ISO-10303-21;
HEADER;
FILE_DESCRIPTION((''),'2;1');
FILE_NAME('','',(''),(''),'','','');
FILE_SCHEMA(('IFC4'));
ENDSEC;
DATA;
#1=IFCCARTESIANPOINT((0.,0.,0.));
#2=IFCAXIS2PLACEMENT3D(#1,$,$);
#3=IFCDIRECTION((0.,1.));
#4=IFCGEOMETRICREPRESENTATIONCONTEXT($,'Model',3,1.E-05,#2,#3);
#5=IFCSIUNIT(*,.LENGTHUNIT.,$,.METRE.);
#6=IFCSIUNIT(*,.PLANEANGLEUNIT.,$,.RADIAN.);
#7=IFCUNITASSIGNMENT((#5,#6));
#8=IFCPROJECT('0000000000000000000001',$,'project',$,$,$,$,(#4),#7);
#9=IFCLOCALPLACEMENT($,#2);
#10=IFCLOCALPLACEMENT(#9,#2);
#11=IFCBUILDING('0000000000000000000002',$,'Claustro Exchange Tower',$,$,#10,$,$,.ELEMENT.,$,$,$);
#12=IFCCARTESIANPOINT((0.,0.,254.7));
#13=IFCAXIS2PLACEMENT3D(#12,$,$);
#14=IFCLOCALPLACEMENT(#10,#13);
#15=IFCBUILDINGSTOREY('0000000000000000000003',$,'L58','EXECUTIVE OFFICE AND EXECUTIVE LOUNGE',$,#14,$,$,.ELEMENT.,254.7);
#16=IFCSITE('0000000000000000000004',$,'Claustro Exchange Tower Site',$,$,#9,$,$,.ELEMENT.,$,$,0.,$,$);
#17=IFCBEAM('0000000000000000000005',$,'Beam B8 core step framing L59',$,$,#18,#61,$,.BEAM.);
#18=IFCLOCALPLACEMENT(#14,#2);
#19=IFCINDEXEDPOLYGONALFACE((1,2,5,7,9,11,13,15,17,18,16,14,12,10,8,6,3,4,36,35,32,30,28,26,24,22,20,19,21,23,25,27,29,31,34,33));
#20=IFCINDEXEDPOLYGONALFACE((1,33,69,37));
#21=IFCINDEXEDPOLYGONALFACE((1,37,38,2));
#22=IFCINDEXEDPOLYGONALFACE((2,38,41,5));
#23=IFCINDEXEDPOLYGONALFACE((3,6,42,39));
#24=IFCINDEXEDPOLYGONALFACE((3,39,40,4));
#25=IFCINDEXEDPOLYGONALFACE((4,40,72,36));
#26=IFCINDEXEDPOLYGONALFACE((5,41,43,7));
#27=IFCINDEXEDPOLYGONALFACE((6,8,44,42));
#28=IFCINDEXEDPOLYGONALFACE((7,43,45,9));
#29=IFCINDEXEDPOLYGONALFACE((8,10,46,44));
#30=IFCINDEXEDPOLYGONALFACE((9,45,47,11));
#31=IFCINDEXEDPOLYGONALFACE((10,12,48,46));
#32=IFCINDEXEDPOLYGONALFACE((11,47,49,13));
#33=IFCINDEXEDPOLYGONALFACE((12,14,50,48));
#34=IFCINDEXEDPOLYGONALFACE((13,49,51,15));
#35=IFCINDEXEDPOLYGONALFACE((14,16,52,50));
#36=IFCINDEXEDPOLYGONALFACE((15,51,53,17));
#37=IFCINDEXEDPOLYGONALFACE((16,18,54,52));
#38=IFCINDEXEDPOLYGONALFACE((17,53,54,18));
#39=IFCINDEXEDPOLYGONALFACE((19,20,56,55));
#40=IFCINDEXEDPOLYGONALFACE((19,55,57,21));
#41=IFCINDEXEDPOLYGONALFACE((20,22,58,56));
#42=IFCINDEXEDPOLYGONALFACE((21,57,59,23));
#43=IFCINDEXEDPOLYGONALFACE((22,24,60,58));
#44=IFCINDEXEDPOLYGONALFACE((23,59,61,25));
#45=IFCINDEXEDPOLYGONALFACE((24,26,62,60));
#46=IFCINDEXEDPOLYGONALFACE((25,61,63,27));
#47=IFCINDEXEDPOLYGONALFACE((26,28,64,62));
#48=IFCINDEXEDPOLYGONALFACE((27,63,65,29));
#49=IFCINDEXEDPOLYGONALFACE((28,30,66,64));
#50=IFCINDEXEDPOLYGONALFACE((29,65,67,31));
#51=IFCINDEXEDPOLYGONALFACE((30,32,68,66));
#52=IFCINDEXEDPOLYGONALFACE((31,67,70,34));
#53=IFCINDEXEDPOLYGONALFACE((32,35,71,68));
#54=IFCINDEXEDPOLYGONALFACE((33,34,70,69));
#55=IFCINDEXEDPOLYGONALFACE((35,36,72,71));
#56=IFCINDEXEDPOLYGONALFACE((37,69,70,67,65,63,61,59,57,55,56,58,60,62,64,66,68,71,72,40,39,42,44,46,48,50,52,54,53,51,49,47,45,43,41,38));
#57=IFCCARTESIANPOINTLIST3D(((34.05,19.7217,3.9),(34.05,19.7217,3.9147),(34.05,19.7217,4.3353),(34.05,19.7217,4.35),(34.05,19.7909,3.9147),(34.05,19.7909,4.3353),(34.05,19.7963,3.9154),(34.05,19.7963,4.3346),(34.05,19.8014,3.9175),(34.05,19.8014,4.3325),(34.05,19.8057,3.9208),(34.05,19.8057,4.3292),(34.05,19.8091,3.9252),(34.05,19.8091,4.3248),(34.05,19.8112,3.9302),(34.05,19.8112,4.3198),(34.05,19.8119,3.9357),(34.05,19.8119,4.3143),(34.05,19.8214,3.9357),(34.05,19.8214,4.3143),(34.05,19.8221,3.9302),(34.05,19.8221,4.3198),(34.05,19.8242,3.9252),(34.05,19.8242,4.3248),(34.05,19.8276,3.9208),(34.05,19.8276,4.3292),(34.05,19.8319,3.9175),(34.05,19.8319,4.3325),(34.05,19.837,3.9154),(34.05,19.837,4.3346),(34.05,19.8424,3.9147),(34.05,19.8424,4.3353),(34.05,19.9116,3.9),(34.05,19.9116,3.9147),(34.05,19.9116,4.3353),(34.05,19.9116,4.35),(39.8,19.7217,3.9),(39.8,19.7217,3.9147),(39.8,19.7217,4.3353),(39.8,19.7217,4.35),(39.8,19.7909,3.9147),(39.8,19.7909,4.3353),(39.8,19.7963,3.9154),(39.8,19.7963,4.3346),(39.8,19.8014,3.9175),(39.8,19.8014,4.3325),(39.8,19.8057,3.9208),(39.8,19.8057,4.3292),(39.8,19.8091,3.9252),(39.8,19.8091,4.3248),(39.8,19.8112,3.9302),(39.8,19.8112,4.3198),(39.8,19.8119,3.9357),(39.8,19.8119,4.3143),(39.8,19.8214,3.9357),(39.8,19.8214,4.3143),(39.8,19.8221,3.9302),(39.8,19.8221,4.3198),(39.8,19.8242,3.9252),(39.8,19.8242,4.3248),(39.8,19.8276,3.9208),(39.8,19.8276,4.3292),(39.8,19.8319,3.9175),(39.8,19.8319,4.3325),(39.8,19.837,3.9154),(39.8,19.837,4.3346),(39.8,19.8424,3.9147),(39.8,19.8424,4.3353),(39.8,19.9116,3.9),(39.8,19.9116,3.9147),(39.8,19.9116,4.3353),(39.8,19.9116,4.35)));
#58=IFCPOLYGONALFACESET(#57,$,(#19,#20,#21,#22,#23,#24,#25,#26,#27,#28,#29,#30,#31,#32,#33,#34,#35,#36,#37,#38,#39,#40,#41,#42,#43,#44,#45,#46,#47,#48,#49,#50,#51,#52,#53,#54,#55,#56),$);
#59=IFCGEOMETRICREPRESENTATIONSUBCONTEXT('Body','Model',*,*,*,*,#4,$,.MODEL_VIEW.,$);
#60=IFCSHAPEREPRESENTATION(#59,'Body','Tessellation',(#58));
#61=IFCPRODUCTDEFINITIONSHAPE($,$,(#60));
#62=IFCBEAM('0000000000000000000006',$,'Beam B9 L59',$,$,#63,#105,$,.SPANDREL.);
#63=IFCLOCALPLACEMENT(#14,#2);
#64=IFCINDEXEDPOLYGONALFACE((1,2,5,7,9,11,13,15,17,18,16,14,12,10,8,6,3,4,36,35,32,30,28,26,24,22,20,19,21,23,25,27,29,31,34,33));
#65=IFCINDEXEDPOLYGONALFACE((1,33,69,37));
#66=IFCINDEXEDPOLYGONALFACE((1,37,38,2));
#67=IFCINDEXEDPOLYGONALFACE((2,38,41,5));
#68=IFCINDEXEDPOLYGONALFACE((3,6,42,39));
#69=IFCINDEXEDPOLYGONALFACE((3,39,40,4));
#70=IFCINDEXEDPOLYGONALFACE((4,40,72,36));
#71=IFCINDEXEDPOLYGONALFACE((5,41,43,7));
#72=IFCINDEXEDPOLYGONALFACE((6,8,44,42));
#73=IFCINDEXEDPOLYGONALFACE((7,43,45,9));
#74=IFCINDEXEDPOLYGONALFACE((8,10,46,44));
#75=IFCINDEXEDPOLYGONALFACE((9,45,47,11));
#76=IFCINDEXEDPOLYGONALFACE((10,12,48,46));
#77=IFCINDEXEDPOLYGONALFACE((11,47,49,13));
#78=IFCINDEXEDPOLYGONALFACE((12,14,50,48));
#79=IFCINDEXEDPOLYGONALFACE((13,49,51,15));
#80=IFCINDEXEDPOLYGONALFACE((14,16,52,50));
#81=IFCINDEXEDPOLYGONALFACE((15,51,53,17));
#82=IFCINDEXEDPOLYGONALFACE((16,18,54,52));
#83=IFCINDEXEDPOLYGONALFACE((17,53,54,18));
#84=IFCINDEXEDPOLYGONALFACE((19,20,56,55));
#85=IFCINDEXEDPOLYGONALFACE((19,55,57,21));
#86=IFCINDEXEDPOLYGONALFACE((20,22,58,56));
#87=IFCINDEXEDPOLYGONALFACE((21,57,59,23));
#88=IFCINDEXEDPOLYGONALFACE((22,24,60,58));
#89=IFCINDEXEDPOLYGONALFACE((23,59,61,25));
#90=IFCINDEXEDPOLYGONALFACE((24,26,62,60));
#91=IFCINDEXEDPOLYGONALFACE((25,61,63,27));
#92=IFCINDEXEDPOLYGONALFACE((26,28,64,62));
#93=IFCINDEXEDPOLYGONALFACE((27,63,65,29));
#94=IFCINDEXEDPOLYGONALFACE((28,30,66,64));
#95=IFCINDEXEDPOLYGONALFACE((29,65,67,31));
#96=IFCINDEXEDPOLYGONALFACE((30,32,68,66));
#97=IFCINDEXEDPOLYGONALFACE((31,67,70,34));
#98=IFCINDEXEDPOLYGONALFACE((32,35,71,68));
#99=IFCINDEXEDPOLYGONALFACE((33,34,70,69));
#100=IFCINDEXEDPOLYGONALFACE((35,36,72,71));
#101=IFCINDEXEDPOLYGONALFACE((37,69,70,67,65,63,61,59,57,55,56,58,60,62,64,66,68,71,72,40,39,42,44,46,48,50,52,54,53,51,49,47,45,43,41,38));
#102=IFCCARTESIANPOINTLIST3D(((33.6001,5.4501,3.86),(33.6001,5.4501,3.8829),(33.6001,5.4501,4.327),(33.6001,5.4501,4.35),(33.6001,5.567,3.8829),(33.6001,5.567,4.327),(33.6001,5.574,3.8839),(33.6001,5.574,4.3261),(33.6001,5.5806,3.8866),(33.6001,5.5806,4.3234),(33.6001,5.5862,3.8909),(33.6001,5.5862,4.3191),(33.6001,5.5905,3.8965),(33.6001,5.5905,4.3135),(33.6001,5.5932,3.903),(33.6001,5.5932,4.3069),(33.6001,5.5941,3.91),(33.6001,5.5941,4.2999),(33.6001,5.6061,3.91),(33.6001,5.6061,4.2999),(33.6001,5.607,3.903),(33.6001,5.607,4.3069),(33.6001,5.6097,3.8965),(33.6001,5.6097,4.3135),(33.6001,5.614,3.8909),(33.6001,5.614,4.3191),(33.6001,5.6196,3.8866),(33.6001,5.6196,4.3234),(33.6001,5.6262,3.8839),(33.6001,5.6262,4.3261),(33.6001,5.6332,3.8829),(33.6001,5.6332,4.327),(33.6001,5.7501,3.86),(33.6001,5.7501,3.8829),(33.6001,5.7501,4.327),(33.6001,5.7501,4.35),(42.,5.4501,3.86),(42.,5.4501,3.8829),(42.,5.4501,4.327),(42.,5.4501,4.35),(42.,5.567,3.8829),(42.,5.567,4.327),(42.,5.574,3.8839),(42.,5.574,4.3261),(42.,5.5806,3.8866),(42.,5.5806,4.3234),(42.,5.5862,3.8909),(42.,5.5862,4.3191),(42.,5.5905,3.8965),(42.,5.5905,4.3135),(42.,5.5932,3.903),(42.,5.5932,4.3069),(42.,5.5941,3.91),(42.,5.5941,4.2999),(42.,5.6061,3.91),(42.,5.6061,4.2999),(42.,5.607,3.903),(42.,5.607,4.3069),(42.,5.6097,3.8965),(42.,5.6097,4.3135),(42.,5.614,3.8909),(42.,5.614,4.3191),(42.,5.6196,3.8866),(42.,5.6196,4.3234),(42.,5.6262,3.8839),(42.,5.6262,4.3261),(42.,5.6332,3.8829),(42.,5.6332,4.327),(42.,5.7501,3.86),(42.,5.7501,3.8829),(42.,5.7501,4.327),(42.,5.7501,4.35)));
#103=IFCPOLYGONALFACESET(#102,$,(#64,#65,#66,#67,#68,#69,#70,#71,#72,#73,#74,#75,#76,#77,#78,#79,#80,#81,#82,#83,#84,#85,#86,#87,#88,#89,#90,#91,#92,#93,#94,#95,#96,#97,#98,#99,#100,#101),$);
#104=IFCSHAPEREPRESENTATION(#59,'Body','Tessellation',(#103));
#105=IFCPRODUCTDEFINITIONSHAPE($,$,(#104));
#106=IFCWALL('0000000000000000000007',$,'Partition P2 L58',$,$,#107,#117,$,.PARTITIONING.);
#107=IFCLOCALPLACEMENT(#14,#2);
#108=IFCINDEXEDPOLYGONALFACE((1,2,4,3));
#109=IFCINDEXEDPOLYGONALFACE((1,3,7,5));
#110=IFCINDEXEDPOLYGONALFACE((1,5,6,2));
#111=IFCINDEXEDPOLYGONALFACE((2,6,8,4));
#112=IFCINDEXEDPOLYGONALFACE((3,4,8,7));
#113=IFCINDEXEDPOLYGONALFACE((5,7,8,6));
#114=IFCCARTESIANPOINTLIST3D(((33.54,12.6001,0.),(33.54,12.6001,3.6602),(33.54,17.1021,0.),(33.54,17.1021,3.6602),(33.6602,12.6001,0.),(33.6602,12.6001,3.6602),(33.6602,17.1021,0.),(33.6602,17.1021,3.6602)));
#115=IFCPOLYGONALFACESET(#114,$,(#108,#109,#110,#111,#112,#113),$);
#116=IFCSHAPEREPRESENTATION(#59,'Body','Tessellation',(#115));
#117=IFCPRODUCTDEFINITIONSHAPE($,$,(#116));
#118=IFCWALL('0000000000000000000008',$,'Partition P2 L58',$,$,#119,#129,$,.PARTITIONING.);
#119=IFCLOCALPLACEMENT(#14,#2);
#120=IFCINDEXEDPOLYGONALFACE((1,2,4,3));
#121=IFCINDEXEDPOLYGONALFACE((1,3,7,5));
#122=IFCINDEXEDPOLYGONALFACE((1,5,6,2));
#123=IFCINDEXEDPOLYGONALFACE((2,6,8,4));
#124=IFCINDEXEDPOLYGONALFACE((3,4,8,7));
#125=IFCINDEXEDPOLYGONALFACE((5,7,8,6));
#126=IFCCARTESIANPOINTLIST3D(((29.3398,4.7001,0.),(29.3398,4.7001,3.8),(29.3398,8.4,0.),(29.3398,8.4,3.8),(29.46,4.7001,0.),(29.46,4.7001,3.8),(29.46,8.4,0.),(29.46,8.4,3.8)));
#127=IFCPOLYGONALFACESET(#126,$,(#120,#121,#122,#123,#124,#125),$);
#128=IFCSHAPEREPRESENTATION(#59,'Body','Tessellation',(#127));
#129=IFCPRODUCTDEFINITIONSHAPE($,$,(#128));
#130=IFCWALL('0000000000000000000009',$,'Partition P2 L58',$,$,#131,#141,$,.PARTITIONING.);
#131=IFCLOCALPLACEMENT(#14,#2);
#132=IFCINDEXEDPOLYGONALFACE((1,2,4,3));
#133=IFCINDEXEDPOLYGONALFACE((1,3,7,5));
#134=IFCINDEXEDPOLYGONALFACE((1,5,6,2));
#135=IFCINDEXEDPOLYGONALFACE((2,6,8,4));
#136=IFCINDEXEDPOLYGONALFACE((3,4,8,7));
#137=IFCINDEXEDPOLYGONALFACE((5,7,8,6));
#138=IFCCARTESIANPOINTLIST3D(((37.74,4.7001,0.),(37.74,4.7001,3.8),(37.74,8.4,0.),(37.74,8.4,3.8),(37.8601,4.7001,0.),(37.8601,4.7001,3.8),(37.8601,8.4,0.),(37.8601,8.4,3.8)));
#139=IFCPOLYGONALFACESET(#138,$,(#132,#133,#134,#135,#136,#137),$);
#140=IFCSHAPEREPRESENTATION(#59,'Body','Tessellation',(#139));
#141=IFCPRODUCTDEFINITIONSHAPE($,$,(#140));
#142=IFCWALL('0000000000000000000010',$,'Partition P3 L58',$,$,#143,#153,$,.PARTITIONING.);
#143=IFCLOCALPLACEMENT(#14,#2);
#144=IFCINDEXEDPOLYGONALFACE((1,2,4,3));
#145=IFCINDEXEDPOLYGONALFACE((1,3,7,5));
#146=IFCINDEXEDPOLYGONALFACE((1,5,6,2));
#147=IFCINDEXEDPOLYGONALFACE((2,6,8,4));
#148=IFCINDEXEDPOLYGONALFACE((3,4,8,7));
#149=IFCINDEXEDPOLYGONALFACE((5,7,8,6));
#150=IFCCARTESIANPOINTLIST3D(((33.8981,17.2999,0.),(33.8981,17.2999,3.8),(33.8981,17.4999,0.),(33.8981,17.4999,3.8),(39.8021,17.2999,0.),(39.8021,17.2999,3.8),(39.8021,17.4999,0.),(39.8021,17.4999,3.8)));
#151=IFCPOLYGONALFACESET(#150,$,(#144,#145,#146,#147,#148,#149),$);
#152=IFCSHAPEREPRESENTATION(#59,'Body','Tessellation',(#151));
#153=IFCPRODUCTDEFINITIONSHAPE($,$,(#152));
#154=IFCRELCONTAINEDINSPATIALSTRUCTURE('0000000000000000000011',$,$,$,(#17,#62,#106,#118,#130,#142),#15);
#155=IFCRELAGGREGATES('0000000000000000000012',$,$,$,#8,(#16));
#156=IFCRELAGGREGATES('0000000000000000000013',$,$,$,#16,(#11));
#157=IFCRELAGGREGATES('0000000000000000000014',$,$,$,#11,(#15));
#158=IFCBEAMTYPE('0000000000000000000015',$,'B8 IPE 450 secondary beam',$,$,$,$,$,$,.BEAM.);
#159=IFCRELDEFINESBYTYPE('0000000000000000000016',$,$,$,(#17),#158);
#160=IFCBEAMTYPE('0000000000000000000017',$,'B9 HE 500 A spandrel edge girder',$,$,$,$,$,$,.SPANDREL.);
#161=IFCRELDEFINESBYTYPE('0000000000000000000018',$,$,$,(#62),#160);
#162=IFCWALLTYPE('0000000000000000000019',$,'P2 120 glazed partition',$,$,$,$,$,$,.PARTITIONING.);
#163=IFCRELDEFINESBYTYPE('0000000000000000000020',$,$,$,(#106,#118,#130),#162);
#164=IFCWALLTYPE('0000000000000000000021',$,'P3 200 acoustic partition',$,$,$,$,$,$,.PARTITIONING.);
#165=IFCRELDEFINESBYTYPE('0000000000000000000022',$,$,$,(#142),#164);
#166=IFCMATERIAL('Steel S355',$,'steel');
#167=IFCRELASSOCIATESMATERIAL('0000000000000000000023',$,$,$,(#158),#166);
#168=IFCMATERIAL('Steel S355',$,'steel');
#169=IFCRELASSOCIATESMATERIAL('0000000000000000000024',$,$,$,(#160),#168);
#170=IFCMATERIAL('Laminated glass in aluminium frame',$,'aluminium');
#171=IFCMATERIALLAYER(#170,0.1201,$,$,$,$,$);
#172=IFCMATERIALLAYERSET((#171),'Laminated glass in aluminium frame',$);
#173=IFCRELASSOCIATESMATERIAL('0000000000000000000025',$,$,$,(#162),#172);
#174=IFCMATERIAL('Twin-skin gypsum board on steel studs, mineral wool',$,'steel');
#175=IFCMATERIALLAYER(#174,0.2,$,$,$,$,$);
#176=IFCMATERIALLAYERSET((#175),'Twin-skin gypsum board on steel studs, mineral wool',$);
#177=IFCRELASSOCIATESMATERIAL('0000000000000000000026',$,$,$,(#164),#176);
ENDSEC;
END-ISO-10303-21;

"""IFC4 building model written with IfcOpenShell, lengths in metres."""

from ifc_helpers import new_model, si_unit, direction, frame, frame_2d, origin, origin_2d, place, context, subcontext, project, spatial, rectangle, i_section, extrude, material, layer, layer_set, material_profile, profile_set, type_object, element, save


model = new_model("IFC4")

# Units and contexts
model_context = context("Model", 3, precision=1e-05, world=origin(), true_north=direction((0.0, 1.0)))
body_context = subcontext(model_context, "Body", "Model", "MODEL_VIEW")
ifc_project = project(units=[si_unit("LENGTHUNIT", "METRE"), si_unit("PLANEANGLEUNIT", "RADIAN")], contexts=[model_context])

# Site, building, storey
site_placement = place(None, origin())
site = spatial("IfcSite", under=ifc_project, at=site_placement, Name="Claustro Exchange Tower Site", CompositionType="ELEMENT", RefElevation=0.0)
building_placement = place(site_placement, origin())
building = spatial("IfcBuilding", under=site, at=building_placement, Name="Claustro Exchange Tower", CompositionType="ELEMENT")
storey_placement = place(building_placement, frame((0.0, 0.0, 254.7)))
storey = spatial("IfcBuildingStorey", under=building, at=storey_placement, Name="L58", Description="EXECUTIVE OFFICE AND EXECUTIVE LOUNGE", CompositionType="ELEMENT", Elevation=254.7)

# Beams
ifc_material_1 = material(Name="Steel S355", Category="steel")
ifc_material_profile_1 = material_profile(ifc_material_1, i_section(OverallWidth=0.1899, OverallDepth=0.45, WebThickness=0.0095, FlangeThickness=0.0146, FilletRadius=0.021, at=origin_2d()), Name="IPE 450")
ifc_profile_set_1 = profile_set([ifc_material_profile_1], Name="Steel S355")
beam_type_1 = type_object("IfcBeamType", Name="B8 IPE 450 secondary beam", PredefinedType="BEAM", material=ifc_profile_set_1)
for number, where, z_axis, x_axis, name in (
    (1, (34.05, 19.8167, 4.125), (1.0, 0.0, 0.0), (0.0, 1.0, 0.0), "Beam B8 core step framing L59"),
):
    element("IfcBeam", number, at=place(storey_placement, frame(where, z_axis=z_axis, x_axis=x_axis)), inside=storey, type_object=beam_type_1, Name=name, PredefinedType="BEAM", context=body_context, shape_type="SweptSolid", body=[
        extrude(i_section(OverallWidth=0.1899, OverallDepth=0.45, WebThickness=0.0095, FlangeThickness=0.0146, FilletRadius=0.021, at=origin_2d()), origin(), (0.0, 0.0, 1.0), 5.75),
    ])
ifc_material_2 = material(Name="Steel S355", Category="steel")
ifc_material_profile_2 = material_profile(ifc_material_2, i_section(OverallWidth=0.3, OverallDepth=0.49, WebThickness=0.012, FlangeThickness=0.0229, FilletRadius=0.0271, at=origin_2d()), Name="HE 500 A")
ifc_profile_set_2 = profile_set([ifc_material_profile_2], Name="Steel S355")
beam_type_2 = type_object("IfcBeamType", Name="B9 HE 500 A spandrel edge girder", PredefinedType="SPANDREL", material=ifc_profile_set_2)
beam_1_placement = place(storey_placement, frame((33.6001, 5.6001, 4.105), z_axis=(1.0, 0.0, 0.0), x_axis=(0.0, 1.0, 0.0)))
element("IfcBeam", 2, at=beam_1_placement, inside=storey, type_object=beam_type_2, Name="Beam B9 L59", PredefinedType="SPANDREL", context=body_context, shape_type="SweptSolid", body=[
    extrude(i_section(OverallWidth=0.3, OverallDepth=0.49, WebThickness=0.012, FlangeThickness=0.0229, FilletRadius=0.0271, at=origin_2d()), origin(), (0.0, 0.0, 1.0), 8.3999),
])

# Walls
ifc_material_3 = material(Name="Laminated glass in aluminium frame", Category="aluminium")
ifc_layer_1 = layer(ifc_material_3, 0.1201)
ifc_layer_set_1 = layer_set([ifc_layer_1], Name="Laminated glass in aluminium frame")
wall_type_1 = type_object("IfcWallType", Name="P2 120 glazed partition", PredefinedType="PARTITIONING", material=ifc_layer_set_1)
wall_1_placement = place(storey_placement, frame((33.6001, 12.6001, 0.0), z_axis=(0.0, 0.0, 1.0), x_axis=(0.0, 1.0, 0.0)))
element("IfcWall", 3, at=wall_1_placement, inside=storey, type_object=wall_type_1, Name="Partition P2 L58", PredefinedType="PARTITIONING", context=body_context, shape_type="SweptSolid", body=[
    extrude(rectangle(XDim=4.502, YDim=0.1201, at=frame_2d((2.251, 0.0))), origin(), (0.0, 0.0, 1.0), 3.6602),
])
for number, where, z_axis, x_axis, name in (
    (4, (29.3999, 4.7, 0.0), (0.0, 0.0, 1.0), (0.0, 1.0, 0.0), "Partition P2 L58"),
    (5, (37.8, 4.7, 0.0), (0.0, 0.0, 1.0), (0.0, 1.0, 0.0), "Partition P2 L58"),
):
    element("IfcWall", number, at=place(storey_placement, frame(where, z_axis=z_axis, x_axis=x_axis)), inside=storey, type_object=wall_type_1, Name=name, PredefinedType="PARTITIONING", context=body_context, shape_type="SweptSolid", body=[
        extrude(rectangle(XDim=3.7, YDim=0.1201, at=frame_2d((1.8501, 0.0))), origin(), (0.0, 0.0, 1.0), 3.8),
    ])
ifc_material_4 = material(Name="Twin-skin gypsum board on steel studs, mineral wool", Category="steel")
ifc_layer_2 = layer(ifc_material_4, 0.2)
ifc_layer_set_2 = layer_set([ifc_layer_2], Name="Twin-skin gypsum board on steel studs, mineral wool")
wall_type_2 = type_object("IfcWallType", Name="P3 200 acoustic partition", PredefinedType="PARTITIONING", material=ifc_layer_set_2)
wall_2_placement = place(storey_placement, frame((33.8979, 17.3999, 0.0), z_axis=(0.0, 0.0, 1.0), x_axis=(1.0, 0.0, 0.0)))
element("IfcWall", 6, at=wall_2_placement, inside=storey, type_object=wall_type_2, Name="Partition P3 L58", PredefinedType="PARTITIONING", context=body_context, shape_type="SweptSolid", body=[
    extrude(rectangle(XDim=5.9041, YDim=0.2, at=frame_2d((2.9521, 0.0))), origin(), (0.0, 0.0, 1.0), 3.8),
])

save(model, "model.ifc")
